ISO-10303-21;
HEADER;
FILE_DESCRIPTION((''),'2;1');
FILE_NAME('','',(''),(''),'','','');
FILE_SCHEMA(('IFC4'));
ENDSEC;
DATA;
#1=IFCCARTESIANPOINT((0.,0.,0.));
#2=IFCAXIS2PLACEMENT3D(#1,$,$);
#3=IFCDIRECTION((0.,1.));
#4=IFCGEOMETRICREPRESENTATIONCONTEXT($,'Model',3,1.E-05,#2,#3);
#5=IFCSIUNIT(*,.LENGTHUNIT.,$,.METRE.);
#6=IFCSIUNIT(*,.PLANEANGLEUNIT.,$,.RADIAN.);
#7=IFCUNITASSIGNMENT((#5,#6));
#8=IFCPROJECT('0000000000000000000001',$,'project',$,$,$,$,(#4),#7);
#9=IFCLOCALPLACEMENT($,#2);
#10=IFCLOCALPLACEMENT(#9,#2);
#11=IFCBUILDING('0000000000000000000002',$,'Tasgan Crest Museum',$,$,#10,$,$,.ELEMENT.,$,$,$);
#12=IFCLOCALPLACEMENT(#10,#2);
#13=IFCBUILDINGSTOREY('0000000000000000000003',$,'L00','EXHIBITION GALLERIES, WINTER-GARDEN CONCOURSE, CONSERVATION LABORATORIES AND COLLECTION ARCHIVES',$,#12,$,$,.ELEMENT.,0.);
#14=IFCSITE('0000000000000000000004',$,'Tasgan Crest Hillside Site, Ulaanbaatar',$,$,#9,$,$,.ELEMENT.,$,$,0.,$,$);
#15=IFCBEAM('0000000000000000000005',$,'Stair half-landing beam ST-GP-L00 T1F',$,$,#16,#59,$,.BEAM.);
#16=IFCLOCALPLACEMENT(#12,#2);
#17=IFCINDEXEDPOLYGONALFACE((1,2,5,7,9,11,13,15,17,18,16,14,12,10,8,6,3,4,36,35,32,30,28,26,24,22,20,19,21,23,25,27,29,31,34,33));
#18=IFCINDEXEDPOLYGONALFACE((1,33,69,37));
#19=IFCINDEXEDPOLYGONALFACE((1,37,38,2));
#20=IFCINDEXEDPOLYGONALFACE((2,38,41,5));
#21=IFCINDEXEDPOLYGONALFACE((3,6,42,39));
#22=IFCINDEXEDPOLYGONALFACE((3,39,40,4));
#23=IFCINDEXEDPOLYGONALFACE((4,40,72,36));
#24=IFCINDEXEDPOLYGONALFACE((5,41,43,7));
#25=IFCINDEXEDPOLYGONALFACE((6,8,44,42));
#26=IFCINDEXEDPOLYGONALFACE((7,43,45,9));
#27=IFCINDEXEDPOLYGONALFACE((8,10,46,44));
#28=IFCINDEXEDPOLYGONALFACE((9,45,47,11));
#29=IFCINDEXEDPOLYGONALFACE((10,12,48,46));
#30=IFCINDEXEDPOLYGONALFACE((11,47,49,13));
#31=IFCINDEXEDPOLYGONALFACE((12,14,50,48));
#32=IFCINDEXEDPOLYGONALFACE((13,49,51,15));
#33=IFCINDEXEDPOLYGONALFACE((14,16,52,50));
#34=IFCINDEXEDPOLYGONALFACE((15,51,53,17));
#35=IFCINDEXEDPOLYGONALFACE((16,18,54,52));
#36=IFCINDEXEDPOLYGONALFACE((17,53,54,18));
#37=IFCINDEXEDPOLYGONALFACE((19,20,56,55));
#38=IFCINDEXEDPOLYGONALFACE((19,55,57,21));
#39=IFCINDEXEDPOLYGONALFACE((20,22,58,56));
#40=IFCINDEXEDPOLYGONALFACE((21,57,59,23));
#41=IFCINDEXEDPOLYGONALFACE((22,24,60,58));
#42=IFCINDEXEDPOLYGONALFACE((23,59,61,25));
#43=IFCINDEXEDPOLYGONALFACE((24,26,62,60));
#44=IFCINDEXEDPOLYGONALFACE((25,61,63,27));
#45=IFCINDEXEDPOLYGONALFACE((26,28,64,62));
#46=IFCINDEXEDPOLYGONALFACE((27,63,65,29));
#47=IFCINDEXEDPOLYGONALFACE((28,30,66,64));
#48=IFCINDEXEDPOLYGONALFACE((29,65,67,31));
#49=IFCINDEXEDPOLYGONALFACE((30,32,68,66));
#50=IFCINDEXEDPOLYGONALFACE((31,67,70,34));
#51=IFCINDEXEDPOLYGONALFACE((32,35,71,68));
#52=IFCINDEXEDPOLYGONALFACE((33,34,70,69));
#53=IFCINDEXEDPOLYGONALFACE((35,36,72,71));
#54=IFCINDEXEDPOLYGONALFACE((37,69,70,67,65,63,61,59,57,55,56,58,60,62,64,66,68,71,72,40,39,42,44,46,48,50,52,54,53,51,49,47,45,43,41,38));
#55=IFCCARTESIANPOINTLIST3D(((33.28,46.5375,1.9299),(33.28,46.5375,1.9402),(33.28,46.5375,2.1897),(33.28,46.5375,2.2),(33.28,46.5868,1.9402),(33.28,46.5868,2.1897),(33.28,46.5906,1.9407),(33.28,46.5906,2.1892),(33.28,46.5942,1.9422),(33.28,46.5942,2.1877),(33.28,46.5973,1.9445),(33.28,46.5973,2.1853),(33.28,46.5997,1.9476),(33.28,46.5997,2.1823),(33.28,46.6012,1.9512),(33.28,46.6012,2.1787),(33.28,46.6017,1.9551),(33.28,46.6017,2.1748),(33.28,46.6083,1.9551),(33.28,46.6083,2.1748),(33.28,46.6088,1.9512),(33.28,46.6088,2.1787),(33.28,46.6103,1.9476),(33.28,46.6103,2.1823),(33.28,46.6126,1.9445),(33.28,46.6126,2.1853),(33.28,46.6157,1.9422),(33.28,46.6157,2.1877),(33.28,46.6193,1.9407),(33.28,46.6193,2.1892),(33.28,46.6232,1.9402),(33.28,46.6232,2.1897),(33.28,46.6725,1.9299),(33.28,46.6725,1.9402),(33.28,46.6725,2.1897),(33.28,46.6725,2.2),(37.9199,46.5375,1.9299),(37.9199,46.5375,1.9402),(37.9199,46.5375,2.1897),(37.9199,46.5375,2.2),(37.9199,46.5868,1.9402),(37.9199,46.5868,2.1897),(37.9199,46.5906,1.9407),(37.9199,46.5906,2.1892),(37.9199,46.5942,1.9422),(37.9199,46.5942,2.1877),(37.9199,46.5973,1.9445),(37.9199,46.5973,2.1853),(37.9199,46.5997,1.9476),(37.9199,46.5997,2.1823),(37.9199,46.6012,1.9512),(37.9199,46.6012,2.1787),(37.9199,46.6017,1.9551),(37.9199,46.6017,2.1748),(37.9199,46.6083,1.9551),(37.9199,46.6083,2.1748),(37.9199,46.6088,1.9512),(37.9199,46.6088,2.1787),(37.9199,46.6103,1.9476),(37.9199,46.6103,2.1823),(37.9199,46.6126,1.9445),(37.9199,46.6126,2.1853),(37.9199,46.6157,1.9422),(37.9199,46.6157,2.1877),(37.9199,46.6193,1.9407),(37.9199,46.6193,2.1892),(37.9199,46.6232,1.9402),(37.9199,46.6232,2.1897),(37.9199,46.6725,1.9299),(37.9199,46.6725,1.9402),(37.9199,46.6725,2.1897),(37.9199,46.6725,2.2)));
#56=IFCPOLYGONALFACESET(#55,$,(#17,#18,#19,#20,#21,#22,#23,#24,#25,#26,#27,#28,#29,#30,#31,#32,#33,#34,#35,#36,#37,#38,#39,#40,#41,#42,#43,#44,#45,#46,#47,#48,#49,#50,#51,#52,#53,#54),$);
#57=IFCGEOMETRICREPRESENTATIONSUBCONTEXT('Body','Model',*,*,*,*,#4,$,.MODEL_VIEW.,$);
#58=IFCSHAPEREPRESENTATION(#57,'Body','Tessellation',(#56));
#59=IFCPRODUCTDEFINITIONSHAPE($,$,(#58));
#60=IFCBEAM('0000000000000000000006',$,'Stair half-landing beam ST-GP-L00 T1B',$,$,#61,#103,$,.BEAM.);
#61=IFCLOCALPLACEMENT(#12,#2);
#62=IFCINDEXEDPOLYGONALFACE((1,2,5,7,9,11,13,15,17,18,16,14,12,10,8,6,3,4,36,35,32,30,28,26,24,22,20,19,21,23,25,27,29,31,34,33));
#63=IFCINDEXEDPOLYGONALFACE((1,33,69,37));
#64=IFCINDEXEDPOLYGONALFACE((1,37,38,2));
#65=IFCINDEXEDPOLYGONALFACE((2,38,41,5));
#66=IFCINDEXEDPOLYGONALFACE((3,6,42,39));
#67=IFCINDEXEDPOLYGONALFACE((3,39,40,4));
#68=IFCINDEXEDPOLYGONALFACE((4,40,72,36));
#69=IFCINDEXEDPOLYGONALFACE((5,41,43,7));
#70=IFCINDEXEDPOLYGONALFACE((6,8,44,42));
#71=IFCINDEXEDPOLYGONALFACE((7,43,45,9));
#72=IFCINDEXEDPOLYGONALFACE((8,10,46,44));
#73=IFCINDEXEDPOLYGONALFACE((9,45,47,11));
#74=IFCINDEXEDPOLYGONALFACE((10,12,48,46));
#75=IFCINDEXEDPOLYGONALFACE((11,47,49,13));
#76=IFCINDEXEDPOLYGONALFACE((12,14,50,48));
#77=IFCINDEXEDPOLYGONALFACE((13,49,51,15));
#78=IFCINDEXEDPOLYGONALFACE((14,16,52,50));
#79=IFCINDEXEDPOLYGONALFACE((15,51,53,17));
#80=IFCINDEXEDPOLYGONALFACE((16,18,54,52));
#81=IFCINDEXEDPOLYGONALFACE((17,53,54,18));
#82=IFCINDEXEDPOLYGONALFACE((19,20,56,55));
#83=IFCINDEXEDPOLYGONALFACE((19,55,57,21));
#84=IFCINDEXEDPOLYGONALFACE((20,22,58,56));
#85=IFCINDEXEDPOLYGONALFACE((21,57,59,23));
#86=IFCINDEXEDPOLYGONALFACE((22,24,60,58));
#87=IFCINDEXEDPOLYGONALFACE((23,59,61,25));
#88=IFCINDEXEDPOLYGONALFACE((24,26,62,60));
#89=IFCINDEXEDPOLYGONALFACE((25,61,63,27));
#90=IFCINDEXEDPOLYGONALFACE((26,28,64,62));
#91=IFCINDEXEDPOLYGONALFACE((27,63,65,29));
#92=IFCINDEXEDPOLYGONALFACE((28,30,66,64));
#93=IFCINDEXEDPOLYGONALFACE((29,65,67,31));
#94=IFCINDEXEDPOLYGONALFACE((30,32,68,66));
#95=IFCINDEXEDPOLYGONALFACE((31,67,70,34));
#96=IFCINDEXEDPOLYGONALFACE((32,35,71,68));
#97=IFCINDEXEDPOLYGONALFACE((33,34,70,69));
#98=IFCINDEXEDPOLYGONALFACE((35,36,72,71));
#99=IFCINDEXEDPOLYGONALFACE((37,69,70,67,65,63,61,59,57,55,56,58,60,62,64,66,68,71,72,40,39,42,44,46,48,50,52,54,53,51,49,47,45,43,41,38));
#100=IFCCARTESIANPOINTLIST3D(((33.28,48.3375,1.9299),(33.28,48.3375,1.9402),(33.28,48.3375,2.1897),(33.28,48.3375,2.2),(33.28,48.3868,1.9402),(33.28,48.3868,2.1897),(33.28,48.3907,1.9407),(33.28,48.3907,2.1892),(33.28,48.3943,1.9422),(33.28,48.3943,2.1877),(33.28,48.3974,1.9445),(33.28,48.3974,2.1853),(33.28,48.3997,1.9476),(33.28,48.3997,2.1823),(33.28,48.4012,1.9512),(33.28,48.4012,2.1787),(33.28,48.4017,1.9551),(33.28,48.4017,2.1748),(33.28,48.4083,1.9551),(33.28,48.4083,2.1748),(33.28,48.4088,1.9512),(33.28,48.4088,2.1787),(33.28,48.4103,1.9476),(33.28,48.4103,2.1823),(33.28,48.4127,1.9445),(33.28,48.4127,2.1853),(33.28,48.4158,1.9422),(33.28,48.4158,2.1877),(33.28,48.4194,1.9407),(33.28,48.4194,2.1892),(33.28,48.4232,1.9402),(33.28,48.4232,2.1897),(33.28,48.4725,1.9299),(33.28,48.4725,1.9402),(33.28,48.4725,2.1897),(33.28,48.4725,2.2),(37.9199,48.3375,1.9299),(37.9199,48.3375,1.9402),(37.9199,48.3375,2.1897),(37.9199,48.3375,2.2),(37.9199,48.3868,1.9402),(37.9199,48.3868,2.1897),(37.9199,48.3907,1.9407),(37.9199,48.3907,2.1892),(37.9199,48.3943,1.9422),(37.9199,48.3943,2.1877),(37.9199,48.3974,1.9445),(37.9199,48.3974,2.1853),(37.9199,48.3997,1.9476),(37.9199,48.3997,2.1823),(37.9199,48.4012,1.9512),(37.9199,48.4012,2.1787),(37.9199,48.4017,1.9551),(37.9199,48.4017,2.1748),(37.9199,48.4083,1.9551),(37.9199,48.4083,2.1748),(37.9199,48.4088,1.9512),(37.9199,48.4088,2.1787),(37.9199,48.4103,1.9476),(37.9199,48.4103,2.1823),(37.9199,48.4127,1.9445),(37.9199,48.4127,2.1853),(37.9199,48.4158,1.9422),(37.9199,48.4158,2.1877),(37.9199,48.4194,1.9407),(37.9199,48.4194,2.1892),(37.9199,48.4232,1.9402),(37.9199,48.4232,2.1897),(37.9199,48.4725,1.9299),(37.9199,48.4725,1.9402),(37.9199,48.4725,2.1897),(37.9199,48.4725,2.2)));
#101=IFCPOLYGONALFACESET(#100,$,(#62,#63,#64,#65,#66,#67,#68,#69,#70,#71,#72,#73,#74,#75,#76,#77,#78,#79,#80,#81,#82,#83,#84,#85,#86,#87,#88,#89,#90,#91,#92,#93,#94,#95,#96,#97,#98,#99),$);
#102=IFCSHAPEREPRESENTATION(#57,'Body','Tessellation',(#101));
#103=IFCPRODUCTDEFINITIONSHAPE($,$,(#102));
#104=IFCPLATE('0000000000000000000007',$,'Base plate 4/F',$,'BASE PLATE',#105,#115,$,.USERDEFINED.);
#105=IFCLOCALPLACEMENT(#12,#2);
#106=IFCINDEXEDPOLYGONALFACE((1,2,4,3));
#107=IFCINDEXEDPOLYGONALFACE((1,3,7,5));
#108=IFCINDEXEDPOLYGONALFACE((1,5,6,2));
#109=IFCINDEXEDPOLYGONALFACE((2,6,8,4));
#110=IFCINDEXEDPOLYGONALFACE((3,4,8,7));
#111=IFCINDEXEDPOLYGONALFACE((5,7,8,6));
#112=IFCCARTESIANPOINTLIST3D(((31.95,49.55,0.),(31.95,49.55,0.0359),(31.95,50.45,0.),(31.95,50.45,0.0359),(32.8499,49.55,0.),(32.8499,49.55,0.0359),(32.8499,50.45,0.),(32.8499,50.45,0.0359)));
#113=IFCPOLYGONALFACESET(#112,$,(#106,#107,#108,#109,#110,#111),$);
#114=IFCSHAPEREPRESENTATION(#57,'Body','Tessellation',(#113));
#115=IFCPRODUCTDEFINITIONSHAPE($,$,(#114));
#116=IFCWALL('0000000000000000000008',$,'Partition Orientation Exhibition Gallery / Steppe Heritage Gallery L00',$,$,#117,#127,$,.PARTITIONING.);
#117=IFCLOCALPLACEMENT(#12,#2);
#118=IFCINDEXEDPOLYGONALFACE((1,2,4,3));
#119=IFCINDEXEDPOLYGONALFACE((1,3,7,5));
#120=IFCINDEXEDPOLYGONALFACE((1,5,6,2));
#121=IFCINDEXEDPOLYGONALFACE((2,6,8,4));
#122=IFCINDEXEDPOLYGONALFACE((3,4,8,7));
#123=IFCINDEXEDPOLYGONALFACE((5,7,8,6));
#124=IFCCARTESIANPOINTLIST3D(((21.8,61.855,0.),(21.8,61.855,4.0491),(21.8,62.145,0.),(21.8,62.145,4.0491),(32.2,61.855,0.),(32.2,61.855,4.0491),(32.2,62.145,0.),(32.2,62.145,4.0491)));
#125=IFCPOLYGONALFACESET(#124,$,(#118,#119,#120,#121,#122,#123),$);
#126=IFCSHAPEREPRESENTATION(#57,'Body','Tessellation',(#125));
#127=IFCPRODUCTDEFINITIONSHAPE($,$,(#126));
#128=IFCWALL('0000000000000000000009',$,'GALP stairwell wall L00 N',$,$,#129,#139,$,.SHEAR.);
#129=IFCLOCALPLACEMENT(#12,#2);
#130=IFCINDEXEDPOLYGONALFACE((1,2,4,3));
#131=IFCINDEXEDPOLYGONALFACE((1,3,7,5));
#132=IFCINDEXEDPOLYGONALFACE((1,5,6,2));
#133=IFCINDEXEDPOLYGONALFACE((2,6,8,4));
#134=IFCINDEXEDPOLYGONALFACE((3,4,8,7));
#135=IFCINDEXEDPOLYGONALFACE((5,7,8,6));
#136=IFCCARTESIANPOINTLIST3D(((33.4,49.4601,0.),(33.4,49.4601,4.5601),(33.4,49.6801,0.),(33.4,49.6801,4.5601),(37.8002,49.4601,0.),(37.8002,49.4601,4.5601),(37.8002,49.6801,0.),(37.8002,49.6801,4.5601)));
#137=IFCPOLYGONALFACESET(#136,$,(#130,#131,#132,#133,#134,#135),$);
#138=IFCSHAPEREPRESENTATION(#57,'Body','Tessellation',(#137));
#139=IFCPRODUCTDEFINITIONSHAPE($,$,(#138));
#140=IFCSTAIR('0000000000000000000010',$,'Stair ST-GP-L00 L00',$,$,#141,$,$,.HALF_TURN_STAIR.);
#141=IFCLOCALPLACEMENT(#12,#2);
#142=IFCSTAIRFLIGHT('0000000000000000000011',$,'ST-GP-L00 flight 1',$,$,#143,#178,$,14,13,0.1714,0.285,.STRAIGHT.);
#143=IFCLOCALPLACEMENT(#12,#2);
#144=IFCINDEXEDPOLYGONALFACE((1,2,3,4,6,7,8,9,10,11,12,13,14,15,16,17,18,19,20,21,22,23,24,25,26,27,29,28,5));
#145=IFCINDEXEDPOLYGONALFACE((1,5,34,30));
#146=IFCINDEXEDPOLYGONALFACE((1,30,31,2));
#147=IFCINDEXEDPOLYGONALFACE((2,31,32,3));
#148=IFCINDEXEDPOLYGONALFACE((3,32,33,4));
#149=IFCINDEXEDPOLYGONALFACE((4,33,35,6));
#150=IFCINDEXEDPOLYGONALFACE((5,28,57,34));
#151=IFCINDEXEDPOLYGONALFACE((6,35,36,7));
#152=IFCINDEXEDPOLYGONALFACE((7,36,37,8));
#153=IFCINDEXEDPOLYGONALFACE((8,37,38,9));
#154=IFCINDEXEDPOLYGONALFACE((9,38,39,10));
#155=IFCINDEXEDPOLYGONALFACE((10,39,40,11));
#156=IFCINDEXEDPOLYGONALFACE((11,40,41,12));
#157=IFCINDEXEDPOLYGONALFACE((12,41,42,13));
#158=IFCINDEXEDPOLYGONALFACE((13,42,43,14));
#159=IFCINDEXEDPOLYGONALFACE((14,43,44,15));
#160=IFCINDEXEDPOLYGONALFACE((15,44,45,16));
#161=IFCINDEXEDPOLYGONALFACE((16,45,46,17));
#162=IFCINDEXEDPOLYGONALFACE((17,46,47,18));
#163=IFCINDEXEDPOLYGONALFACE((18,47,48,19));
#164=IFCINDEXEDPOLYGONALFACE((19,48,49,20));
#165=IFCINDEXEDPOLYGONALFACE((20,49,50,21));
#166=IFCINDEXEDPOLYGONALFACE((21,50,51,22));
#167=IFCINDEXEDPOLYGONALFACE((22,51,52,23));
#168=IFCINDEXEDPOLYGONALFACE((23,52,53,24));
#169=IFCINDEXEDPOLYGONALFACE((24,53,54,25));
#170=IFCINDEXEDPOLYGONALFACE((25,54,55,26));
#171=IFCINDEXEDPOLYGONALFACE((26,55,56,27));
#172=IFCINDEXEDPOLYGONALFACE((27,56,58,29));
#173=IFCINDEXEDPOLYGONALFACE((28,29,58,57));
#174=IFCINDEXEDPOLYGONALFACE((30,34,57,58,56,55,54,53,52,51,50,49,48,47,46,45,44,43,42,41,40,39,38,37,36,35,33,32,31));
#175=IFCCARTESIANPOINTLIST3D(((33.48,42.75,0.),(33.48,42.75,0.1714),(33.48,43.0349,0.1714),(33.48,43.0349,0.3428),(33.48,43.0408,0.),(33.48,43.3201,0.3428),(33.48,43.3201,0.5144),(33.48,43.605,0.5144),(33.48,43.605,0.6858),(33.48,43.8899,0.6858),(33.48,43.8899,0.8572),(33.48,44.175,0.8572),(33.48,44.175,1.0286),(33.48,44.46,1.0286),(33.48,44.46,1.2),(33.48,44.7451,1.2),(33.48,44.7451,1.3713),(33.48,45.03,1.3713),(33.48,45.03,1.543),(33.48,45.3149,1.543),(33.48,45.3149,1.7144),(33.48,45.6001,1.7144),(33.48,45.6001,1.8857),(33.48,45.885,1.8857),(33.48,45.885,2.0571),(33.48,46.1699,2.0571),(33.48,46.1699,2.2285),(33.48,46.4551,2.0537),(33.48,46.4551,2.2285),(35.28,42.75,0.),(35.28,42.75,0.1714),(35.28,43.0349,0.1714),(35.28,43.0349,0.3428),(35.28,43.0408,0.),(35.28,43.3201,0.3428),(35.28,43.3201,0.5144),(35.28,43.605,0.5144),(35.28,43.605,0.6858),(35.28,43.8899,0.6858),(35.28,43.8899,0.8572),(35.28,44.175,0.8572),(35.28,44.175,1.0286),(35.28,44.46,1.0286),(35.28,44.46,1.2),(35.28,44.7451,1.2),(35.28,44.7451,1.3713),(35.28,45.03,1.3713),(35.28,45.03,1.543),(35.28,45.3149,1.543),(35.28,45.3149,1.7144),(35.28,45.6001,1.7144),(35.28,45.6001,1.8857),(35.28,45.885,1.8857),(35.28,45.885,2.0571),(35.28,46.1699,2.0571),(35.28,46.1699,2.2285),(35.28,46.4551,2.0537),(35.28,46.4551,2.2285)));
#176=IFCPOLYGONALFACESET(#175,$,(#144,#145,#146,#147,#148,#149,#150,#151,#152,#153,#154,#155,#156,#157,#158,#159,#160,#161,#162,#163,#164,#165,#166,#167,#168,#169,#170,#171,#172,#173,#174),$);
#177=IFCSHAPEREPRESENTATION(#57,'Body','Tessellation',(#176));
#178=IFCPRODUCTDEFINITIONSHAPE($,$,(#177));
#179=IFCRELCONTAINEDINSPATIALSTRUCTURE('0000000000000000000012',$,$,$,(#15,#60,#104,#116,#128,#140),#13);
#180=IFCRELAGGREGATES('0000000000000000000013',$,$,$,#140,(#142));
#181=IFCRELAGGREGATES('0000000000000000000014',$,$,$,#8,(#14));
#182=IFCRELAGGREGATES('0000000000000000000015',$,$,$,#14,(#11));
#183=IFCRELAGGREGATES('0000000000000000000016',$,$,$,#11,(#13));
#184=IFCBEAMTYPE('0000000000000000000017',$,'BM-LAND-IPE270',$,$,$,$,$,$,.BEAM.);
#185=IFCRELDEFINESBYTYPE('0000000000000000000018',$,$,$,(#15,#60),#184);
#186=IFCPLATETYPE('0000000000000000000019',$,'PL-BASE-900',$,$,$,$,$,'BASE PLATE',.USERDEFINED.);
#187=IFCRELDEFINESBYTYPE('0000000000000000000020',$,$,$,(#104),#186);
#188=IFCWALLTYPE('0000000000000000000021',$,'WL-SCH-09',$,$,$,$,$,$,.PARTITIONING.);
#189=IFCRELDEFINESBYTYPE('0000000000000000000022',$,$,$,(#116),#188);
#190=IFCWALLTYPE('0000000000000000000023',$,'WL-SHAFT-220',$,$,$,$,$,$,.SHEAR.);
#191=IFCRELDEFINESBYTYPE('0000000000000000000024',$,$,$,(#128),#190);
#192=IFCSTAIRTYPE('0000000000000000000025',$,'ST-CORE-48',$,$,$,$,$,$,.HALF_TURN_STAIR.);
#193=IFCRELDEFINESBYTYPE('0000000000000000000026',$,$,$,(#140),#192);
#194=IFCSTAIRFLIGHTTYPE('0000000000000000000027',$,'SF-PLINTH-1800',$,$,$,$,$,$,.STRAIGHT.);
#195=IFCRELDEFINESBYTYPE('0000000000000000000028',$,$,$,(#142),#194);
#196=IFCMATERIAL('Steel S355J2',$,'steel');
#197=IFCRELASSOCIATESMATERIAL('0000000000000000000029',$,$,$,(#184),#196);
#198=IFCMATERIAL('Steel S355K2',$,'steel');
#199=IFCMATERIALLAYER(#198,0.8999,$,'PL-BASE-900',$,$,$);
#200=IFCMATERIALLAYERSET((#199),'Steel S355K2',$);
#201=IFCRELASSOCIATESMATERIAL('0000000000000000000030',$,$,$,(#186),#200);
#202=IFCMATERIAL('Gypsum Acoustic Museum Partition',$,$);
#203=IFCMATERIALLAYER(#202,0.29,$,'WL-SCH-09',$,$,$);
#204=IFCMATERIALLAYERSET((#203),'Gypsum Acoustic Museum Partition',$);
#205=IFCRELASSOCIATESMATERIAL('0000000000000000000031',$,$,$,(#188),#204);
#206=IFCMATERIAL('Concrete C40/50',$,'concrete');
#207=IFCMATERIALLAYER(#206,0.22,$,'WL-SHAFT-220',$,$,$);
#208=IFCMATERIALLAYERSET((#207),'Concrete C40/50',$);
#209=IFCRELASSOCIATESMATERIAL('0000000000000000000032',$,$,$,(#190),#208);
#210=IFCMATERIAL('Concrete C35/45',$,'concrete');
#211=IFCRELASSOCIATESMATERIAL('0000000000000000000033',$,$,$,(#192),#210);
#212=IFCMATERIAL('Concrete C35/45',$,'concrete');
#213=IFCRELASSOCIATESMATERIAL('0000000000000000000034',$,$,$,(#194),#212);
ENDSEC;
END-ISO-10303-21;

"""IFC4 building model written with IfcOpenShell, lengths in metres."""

from ifc_helpers import new_model, si_unit, direction, frame, frame_2d, origin, origin_2d, place, context, subcontext, project, spatial, polyline, rectangle, i_section, outline, extrude, material, layer, layer_set, material_profile, profile_set, type_object, element, aggregate, save


model = new_model("IFC4")

# Units and contexts
model_context = context("Model", 3, precision=1e-05, world=origin(), true_north=direction((0.0, 1.0)))
body_context = subcontext(model_context, "Body", "Model", "MODEL_VIEW")
ifc_project = project(units=[si_unit("LENGTHUNIT", "METRE"), si_unit("PLANEANGLEUNIT", "RADIAN")], contexts=[model_context])

# Site, building, storey
site_placement = place(None, origin())
site = spatial("IfcSite", under=ifc_project, at=site_placement, Name="Tasgan Crest Hillside Site, Ulaanbaatar", CompositionType="ELEMENT", RefElevation=0.0)
building_placement = place(site_placement, origin())
building = spatial("IfcBuilding", under=site, at=building_placement, Name="Tasgan Crest Museum", CompositionType="ELEMENT")
storey_placement = place(building_placement, origin())
storey = spatial("IfcBuildingStorey", under=building, at=storey_placement, Name="L00", Description="EXHIBITION GALLERIES, WINTER-GARDEN CONCOURSE, CONSERVATION LABORATORIES AND COLLECTION ARCHIVES", CompositionType="ELEMENT", Elevation=0.0)

# Beams
ifc_material_1 = material(Name="Steel S355J2", Category="steel")
ifc_material_profile_1 = material_profile(ifc_material_1, i_section(OverallWidth=0.135, OverallDepth=0.27, WebThickness=0.0066, FlangeThickness=0.0103, FilletRadius=0.0149, at=origin_2d()), Name="IPE 270")
ifc_profile_set_1 = profile_set([ifc_material_profile_1], Name="Steel S355J2")
beam_type_1 = type_object("IfcBeamType", Name="BM-LAND-IPE270", PredefinedType="BEAM", material=ifc_profile_set_1)
for number, where, z_axis, x_axis, name in (
    (1, (33.28, 46.605, 2.0649), (1.0, 0.0, 0.0), (0.0, 1.0, 0.0), "Stair half-landing beam ST-GP-L00 T1F"),
    (2, (33.28, 48.405, 2.0649), (1.0, 0.0, 0.0), (0.0, 1.0, 0.0), "Stair half-landing beam ST-GP-L00 T1B"),
):
    element("IfcBeam", number, at=place(storey_placement, frame(where, z_axis=z_axis, x_axis=x_axis)), inside=storey, type_object=beam_type_1, Name=name, PredefinedType="BEAM", context=body_context, shape_type="SweptSolid", body=[
        extrude(i_section(OverallWidth=0.135, OverallDepth=0.27, WebThickness=0.0066, FlangeThickness=0.0103, FilletRadius=0.0149, at=origin_2d()), origin(), (0.0, 0.0, 1.0), 4.6399),
    ])

# Plate
ifc_material_2 = material(Name="Steel S355K2", Category="steel")
ifc_layer_1 = layer(ifc_material_2, 0.8999, Name="PL-BASE-900")
ifc_layer_set_1 = layer_set([ifc_layer_1], Name="Steel S355K2")
plate_type = type_object("IfcPlateType", Name="PL-BASE-900", ElementType="BASE PLATE", PredefinedType="USERDEFINED", material=ifc_layer_set_1)
plate_placement = place(storey_placement, frame((32.3999, 50.0, 0.0), z_axis=(0.0, 0.0, 1.0), x_axis=(1.0, 0.0, 0.0)))
element("IfcPlate", 3, at=plate_placement, inside=storey, type_object=plate_type, Name="Base plate 4/F", ObjectType="BASE PLATE", PredefinedType="USERDEFINED", context=body_context, shape_type="SweptSolid", body=[
    extrude(rectangle(XDim=0.8999, YDim=0.8999, at=origin_2d()), origin(), (0.0, 0.0, 1.0), 0.0359),
])

# Walls
ifc_material_3 = material(Name="Gypsum Acoustic Museum Partition")
ifc_layer_2 = layer(ifc_material_3, 0.29, Name="WL-SCH-09")
ifc_layer_set_2 = layer_set([ifc_layer_2], Name="Gypsum Acoustic Museum Partition")
wall_type_1 = type_object("IfcWallType", Name="WL-SCH-09", PredefinedType="PARTITIONING", material=ifc_layer_set_2)
wall_1_placement = place(storey_placement, frame((21.8, 62.0, 0.0), z_axis=(0.0, 0.0, 1.0), x_axis=(1.0, 0.0, 0.0)))
element("IfcWall", 4, at=wall_1_placement, inside=storey, type_object=wall_type_1, Name="Partition Orientation Exhibition Gallery / Steppe Heritage Gallery L00", PredefinedType="PARTITIONING", context=body_context, shape_type="SweptSolid", body=[
    extrude(rectangle(XDim=10.3999, YDim=0.29, at=frame_2d((5.2, 0.0))), origin(), (0.0, 0.0, 1.0), 4.0491),
])
ifc_material_4 = material(Name="Concrete C40/50", Category="concrete")
ifc_layer_3 = layer(ifc_material_4, 0.22, Name="WL-SHAFT-220")
ifc_layer_set_3 = layer_set([ifc_layer_3], Name="Concrete C40/50")
wall_type_2 = type_object("IfcWallType", Name="WL-SHAFT-220", PredefinedType="SHEAR", material=ifc_layer_set_3)
wall_2_placement = place(storey_placement, frame((33.3999, 49.5701, 0.0), z_axis=(0.0, 0.0, 1.0), x_axis=(1.0, 0.0, 0.0)))
element("IfcWall", 5, at=wall_2_placement, inside=storey, type_object=wall_type_2, Name="GALP stairwell wall L00 N", PredefinedType="SHEAR", context=body_context, shape_type="SweptSolid", body=[
    extrude(rectangle(XDim=4.4001, YDim=0.22, at=frame_2d((2.2002, 0.0))), origin(), (0.0, 0.0, 1.0), 4.5601),
])

# Stair, stair flight
ifc_material_5 = material(Name="Concrete C35/45", Category="concrete")
stair_type = type_object("IfcStairType", Name="ST-CORE-48", PredefinedType="HALF_TURN_STAIR", material=ifc_material_5)
stair_placement = place(storey_placement, origin())
stair = element("IfcStair", 6, at=stair_placement, inside=storey, type_object=stair_type, Name="Stair ST-GP-L00 L00", PredefinedType="HALF_TURN_STAIR")
ifc_material_6 = material(Name="Concrete C35/45", Category="concrete")
stair_flight_type = type_object("IfcStairFlightType", Name="SF-PLINTH-1800", PredefinedType="STRAIGHT", material=ifc_material_6)
stair_flight_1_placement = place(storey_placement, frame((34.3799, 42.75, 0.0), z_axis=(0.0, 0.0, 1.0), x_axis=(0.0, 1.0, 0.0)))
stair_flight_1 = element("IfcStairFlight", 7, at=stair_flight_1_placement, type_object=stair_flight_type, Name="ST-GP-L00 flight 1", NumberOfRisers=14, NumberOfTreads=13, PredefinedType="STRAIGHT", RiserHeight=0.1714, TreadLength=0.285, context=body_context, shape_type="SweptSolid", body=[
    extrude(outline(polyline([(0.0, 0.0), (0.0, 0.1714), (0.2849, 0.1714), (0.2849, 0.3428), (0.5701, 0.3428), (0.5701, 0.5144), (0.855, 0.5144), (0.855, 0.6858), (1.1399, 0.6858), (1.1399, 0.8572), (1.425, 0.8572), (1.425, 1.0286), (1.71, 1.0286), (1.71, 1.2), (1.9951, 1.2), (1.9951, 1.3713), (2.28, 1.3713), (2.28, 1.543), (2.5649, 1.543), (2.5649, 1.7144), (2.8501, 1.7144), (2.8501, 1.8857), (3.135, 1.8857), (3.135, 2.0571), (3.4199, 2.0571), (3.4199, 2.2285), (3.7051, 2.2285), (3.7051, 2.3999), (3.7051, 2.0537), (0.2908, 0.0), (0.0, 0.0)])), frame((0.0, 0.8999, 0.0), z_axis=(0.0, -1.0, 0.0), x_axis=(1.0, 0.0, 0.0)), (0.0, 0.0, 1.0), 1.8),
])
aggregate(stair, [stair_flight_1])

save(model, "model.ifc")
